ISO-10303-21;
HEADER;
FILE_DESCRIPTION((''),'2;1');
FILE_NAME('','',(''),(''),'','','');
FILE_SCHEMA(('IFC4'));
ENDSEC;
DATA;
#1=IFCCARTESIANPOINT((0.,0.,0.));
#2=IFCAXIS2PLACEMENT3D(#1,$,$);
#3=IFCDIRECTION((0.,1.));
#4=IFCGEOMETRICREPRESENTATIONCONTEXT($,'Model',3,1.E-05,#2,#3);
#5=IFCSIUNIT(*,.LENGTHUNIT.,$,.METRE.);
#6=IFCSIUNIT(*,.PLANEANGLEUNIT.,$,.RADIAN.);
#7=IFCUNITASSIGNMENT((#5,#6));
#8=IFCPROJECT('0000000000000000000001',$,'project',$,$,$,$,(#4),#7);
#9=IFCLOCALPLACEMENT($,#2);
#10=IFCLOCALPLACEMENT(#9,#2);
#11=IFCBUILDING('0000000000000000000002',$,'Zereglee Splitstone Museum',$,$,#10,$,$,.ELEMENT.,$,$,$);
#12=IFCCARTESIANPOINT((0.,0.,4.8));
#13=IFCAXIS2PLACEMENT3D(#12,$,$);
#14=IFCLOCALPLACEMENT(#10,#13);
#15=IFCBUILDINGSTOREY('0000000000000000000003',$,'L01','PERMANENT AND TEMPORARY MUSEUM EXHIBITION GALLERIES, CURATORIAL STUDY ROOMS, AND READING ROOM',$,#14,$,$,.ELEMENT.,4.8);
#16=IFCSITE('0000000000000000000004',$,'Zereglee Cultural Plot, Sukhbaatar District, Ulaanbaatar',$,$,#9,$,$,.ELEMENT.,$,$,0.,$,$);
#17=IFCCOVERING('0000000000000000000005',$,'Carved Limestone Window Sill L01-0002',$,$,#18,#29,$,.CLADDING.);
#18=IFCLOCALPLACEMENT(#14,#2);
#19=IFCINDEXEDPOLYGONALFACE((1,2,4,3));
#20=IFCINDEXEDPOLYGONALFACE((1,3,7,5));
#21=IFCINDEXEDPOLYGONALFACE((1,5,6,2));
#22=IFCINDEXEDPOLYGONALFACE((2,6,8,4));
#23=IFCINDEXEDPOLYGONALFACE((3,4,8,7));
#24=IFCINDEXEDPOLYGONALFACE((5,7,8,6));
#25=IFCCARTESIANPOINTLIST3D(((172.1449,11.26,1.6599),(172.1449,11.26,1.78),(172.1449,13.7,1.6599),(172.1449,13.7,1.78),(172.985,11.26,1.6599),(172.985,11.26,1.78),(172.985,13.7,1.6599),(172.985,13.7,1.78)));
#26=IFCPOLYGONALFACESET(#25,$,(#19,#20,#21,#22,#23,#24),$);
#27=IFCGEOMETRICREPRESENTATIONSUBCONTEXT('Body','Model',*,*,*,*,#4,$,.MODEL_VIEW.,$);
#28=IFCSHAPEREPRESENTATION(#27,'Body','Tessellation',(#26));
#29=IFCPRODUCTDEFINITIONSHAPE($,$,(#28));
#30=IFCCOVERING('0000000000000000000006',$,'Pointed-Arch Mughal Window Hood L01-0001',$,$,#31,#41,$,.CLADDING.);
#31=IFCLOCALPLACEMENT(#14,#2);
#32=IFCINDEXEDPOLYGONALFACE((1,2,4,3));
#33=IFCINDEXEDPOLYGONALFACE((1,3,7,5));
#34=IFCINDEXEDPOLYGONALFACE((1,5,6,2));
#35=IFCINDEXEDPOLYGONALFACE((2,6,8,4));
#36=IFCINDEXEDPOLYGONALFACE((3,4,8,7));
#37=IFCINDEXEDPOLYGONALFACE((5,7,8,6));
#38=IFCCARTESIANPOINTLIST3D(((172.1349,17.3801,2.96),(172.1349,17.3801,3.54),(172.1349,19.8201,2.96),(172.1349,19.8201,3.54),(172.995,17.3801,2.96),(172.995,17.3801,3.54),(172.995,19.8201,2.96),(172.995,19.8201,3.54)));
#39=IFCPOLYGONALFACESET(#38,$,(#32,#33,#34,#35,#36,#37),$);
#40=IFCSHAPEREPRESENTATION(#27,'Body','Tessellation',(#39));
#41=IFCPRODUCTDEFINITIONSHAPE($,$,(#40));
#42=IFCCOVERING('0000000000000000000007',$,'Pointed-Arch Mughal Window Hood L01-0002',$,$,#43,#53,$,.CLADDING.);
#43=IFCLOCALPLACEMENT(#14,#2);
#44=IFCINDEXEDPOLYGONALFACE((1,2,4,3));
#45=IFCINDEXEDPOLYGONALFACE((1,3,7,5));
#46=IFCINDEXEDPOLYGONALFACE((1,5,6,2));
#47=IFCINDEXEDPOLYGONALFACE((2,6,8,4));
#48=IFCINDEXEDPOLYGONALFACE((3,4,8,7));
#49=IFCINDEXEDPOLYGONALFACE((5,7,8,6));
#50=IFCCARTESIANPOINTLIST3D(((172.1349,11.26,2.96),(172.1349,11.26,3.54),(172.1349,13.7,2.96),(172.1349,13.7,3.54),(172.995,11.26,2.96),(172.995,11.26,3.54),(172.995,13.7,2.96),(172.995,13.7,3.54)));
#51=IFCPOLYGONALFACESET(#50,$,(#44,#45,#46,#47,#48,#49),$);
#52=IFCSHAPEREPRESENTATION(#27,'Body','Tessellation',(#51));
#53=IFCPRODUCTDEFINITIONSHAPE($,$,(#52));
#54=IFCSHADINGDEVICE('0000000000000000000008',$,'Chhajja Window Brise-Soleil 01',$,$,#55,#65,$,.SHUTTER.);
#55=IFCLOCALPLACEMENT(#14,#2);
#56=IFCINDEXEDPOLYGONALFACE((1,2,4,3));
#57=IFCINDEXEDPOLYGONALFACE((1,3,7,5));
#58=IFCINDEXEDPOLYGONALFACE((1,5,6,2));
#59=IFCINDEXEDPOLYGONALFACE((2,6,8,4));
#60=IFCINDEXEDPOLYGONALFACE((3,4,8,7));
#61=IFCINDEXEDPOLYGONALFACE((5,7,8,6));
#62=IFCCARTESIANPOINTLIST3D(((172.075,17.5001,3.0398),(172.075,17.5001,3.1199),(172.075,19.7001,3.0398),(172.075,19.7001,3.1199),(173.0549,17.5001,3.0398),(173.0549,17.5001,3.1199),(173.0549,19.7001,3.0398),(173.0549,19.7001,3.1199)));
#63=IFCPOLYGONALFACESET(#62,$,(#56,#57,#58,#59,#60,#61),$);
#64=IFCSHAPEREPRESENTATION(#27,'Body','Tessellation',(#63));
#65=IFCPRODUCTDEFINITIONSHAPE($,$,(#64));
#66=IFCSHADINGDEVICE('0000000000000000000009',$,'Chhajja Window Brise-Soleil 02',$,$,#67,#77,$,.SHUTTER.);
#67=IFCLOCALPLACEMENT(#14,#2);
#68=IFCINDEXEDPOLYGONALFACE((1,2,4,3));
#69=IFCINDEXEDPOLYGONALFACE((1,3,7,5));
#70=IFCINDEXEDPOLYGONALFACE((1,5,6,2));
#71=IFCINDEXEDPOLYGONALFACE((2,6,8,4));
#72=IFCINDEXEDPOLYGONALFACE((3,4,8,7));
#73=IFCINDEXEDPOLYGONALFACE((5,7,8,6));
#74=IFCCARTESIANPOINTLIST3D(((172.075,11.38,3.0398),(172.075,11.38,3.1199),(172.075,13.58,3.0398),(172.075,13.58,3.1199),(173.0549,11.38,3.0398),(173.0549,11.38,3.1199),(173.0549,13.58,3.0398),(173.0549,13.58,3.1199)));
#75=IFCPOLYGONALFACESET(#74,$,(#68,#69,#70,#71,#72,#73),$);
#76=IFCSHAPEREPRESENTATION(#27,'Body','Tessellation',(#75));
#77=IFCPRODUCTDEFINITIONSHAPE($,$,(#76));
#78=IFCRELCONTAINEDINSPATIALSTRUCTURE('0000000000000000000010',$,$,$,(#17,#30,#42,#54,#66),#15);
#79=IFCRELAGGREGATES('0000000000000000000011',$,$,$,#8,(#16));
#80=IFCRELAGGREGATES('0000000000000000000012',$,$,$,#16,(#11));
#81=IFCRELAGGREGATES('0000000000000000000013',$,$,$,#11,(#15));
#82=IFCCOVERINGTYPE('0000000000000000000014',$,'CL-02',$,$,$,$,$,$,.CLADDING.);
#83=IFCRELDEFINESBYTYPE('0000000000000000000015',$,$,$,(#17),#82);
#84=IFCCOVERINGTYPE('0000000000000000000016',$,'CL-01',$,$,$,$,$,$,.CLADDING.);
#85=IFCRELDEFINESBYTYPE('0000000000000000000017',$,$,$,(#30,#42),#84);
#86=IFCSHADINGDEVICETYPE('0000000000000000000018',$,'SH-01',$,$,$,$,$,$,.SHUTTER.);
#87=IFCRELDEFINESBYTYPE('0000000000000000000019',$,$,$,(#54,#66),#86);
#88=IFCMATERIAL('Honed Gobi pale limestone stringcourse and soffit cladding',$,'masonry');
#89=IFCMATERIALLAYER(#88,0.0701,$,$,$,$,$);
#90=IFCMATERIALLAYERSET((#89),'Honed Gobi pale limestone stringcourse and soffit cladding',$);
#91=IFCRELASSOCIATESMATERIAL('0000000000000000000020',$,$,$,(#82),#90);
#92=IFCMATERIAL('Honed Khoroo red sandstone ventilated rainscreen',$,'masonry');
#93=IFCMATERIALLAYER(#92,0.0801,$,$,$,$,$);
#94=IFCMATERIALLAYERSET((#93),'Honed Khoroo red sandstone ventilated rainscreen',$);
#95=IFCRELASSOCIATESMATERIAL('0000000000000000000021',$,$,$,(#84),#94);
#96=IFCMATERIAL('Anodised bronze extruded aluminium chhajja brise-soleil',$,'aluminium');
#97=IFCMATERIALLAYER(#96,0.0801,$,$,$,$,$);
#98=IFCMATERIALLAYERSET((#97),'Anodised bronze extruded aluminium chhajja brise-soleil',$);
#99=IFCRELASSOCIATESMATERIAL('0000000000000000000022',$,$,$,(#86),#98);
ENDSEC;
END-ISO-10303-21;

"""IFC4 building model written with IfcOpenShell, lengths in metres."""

from ifc_helpers import new_model, si_unit, direction, frame, origin, origin_2d, place, context, subcontext, project, spatial, rectangle, extrude, material, layer, layer_set, type_object, element, save


model = new_model("IFC4")

# Units and contexts
model_context = context("Model", 3, precision=1e-05, world=origin(), true_north=direction((0.0, 1.0)))
body_context = subcontext(model_context, "Body", "Model", "MODEL_VIEW")
ifc_project = project(units=[si_unit("LENGTHUNIT", "METRE"), si_unit("PLANEANGLEUNIT", "RADIAN")], contexts=[model_context])

# Site, building, storey
site_placement = place(None, origin())
site = spatial("IfcSite", under=ifc_project, at=site_placement, Name="Zereglee Cultural Plot, Sukhbaatar District, Ulaanbaatar", CompositionType="ELEMENT", RefElevation=0.0)
building_placement = place(site_placement, origin())
building = spatial("IfcBuilding", under=site, at=building_placement, Name="Zereglee Splitstone Museum", CompositionType="ELEMENT")
storey_placement = place(building_placement, frame((0.0, 0.0, 4.8)))
storey = spatial("IfcBuildingStorey", under=building, at=storey_placement, Name="L01", Description="PERMANENT AND TEMPORARY MUSEUM EXHIBITION GALLERIES, CURATORIAL STUDY ROOMS, AND READING ROOM", CompositionType="ELEMENT", Elevation=4.8)

# Coverings
ifc_material_1 = material(Name="Honed Gobi pale limestone stringcourse and soffit cladding", Category="masonry")
ifc_layer_1 = layer(ifc_material_1, 0.0701)
ifc_layer_set_1 = layer_set([ifc_layer_1], Name="Honed Gobi pale limestone stringcourse and soffit cladding")
covering_type_1 = type_object("IfcCoveringType", Name="CL-02", PredefinedType="CLADDING", material=ifc_layer_set_1)
covering_1_placement = place(storey_placement, frame((172.5649, 12.48, 1.6599), z_axis=(0.0, 0.0, 1.0), x_axis=(0.0, -1.0, 0.0)))
element("IfcCovering", 1, at=covering_1_placement, inside=storey, type_object=covering_type_1, Name="Carved Limestone Window Sill L01-0002", PredefinedType="CLADDING", context=body_context, shape_type="SweptSolid", body=[
    extrude(rectangle(XDim=2.4399, YDim=0.8401, at=origin_2d()), origin(), (0.0, 0.0, 1.0), 0.1201),
])
ifc_material_2 = material(Name="Honed Khoroo red sandstone ventilated rainscreen", Category="masonry")
ifc_layer_2 = layer(ifc_material_2, 0.0801)
ifc_layer_set_2 = layer_set([ifc_layer_2], Name="Honed Khoroo red sandstone ventilated rainscreen")
covering_type_2 = type_object("IfcCoveringType", Name="CL-01", PredefinedType="CLADDING", material=ifc_layer_set_2)
for number, where, z_axis, x_axis, name in (
    (2, (172.5649, 18.6001, 2.96), (0.0, 0.0, 1.0), (0.0, -1.0, 0.0), "Pointed-Arch Mughal Window Hood L01-0001"),
    (3, (172.5649, 12.48, 2.96), (0.0, 0.0, 1.0), (0.0, -1.0, 0.0), "Pointed-Arch Mughal Window Hood L01-0002"),
):
    element("IfcCovering", number, at=place(storey_placement, frame(where, z_axis=z_axis, x_axis=x_axis)), inside=storey, type_object=covering_type_2, Name=name, PredefinedType="CLADDING", context=body_context, shape_type="SweptSolid", body=[
        extrude(rectangle(XDim=2.4399, YDim=0.8601, at=origin_2d()), origin(), (0.0, 0.0, 1.0), 0.5801),
    ])

# Shading devices
ifc_material_3 = material(Name="Anodised bronze extruded aluminium chhajja brise-soleil", Category="aluminium")
ifc_layer_3 = layer(ifc_material_3, 0.0801)
ifc_layer_set_3 = layer_set([ifc_layer_3], Name="Anodised bronze extruded aluminium chhajja brise-soleil")
shading_device_type = type_object("IfcShadingDeviceType", Name="SH-01", PredefinedType="SHUTTER", material=ifc_layer_set_3)
for number, where, z_axis, x_axis, name in (
    (4, (172.5649, 18.6001, 3.0398), (0.0, 0.0, 1.0), (0.0, -1.0, 0.0), "Chhajja Window Brise-Soleil 01"),
    (5, (172.5649, 12.48, 3.0398), (0.0, 0.0, 1.0), (0.0, -1.0, 0.0), "Chhajja Window Brise-Soleil 02"),
):
    element("IfcShadingDevice", number, at=place(storey_placement, frame(where, z_axis=z_axis, x_axis=x_axis)), inside=storey, type_object=shading_device_type, Name=name, PredefinedType="SHUTTER", context=body_context, shape_type="SweptSolid", body=[
        extrude(rectangle(XDim=2.2, YDim=0.98, at=origin_2d()), origin(), (0.0, 0.0, 1.0), 0.0801),
    ])

save(model, "model.ifc")
